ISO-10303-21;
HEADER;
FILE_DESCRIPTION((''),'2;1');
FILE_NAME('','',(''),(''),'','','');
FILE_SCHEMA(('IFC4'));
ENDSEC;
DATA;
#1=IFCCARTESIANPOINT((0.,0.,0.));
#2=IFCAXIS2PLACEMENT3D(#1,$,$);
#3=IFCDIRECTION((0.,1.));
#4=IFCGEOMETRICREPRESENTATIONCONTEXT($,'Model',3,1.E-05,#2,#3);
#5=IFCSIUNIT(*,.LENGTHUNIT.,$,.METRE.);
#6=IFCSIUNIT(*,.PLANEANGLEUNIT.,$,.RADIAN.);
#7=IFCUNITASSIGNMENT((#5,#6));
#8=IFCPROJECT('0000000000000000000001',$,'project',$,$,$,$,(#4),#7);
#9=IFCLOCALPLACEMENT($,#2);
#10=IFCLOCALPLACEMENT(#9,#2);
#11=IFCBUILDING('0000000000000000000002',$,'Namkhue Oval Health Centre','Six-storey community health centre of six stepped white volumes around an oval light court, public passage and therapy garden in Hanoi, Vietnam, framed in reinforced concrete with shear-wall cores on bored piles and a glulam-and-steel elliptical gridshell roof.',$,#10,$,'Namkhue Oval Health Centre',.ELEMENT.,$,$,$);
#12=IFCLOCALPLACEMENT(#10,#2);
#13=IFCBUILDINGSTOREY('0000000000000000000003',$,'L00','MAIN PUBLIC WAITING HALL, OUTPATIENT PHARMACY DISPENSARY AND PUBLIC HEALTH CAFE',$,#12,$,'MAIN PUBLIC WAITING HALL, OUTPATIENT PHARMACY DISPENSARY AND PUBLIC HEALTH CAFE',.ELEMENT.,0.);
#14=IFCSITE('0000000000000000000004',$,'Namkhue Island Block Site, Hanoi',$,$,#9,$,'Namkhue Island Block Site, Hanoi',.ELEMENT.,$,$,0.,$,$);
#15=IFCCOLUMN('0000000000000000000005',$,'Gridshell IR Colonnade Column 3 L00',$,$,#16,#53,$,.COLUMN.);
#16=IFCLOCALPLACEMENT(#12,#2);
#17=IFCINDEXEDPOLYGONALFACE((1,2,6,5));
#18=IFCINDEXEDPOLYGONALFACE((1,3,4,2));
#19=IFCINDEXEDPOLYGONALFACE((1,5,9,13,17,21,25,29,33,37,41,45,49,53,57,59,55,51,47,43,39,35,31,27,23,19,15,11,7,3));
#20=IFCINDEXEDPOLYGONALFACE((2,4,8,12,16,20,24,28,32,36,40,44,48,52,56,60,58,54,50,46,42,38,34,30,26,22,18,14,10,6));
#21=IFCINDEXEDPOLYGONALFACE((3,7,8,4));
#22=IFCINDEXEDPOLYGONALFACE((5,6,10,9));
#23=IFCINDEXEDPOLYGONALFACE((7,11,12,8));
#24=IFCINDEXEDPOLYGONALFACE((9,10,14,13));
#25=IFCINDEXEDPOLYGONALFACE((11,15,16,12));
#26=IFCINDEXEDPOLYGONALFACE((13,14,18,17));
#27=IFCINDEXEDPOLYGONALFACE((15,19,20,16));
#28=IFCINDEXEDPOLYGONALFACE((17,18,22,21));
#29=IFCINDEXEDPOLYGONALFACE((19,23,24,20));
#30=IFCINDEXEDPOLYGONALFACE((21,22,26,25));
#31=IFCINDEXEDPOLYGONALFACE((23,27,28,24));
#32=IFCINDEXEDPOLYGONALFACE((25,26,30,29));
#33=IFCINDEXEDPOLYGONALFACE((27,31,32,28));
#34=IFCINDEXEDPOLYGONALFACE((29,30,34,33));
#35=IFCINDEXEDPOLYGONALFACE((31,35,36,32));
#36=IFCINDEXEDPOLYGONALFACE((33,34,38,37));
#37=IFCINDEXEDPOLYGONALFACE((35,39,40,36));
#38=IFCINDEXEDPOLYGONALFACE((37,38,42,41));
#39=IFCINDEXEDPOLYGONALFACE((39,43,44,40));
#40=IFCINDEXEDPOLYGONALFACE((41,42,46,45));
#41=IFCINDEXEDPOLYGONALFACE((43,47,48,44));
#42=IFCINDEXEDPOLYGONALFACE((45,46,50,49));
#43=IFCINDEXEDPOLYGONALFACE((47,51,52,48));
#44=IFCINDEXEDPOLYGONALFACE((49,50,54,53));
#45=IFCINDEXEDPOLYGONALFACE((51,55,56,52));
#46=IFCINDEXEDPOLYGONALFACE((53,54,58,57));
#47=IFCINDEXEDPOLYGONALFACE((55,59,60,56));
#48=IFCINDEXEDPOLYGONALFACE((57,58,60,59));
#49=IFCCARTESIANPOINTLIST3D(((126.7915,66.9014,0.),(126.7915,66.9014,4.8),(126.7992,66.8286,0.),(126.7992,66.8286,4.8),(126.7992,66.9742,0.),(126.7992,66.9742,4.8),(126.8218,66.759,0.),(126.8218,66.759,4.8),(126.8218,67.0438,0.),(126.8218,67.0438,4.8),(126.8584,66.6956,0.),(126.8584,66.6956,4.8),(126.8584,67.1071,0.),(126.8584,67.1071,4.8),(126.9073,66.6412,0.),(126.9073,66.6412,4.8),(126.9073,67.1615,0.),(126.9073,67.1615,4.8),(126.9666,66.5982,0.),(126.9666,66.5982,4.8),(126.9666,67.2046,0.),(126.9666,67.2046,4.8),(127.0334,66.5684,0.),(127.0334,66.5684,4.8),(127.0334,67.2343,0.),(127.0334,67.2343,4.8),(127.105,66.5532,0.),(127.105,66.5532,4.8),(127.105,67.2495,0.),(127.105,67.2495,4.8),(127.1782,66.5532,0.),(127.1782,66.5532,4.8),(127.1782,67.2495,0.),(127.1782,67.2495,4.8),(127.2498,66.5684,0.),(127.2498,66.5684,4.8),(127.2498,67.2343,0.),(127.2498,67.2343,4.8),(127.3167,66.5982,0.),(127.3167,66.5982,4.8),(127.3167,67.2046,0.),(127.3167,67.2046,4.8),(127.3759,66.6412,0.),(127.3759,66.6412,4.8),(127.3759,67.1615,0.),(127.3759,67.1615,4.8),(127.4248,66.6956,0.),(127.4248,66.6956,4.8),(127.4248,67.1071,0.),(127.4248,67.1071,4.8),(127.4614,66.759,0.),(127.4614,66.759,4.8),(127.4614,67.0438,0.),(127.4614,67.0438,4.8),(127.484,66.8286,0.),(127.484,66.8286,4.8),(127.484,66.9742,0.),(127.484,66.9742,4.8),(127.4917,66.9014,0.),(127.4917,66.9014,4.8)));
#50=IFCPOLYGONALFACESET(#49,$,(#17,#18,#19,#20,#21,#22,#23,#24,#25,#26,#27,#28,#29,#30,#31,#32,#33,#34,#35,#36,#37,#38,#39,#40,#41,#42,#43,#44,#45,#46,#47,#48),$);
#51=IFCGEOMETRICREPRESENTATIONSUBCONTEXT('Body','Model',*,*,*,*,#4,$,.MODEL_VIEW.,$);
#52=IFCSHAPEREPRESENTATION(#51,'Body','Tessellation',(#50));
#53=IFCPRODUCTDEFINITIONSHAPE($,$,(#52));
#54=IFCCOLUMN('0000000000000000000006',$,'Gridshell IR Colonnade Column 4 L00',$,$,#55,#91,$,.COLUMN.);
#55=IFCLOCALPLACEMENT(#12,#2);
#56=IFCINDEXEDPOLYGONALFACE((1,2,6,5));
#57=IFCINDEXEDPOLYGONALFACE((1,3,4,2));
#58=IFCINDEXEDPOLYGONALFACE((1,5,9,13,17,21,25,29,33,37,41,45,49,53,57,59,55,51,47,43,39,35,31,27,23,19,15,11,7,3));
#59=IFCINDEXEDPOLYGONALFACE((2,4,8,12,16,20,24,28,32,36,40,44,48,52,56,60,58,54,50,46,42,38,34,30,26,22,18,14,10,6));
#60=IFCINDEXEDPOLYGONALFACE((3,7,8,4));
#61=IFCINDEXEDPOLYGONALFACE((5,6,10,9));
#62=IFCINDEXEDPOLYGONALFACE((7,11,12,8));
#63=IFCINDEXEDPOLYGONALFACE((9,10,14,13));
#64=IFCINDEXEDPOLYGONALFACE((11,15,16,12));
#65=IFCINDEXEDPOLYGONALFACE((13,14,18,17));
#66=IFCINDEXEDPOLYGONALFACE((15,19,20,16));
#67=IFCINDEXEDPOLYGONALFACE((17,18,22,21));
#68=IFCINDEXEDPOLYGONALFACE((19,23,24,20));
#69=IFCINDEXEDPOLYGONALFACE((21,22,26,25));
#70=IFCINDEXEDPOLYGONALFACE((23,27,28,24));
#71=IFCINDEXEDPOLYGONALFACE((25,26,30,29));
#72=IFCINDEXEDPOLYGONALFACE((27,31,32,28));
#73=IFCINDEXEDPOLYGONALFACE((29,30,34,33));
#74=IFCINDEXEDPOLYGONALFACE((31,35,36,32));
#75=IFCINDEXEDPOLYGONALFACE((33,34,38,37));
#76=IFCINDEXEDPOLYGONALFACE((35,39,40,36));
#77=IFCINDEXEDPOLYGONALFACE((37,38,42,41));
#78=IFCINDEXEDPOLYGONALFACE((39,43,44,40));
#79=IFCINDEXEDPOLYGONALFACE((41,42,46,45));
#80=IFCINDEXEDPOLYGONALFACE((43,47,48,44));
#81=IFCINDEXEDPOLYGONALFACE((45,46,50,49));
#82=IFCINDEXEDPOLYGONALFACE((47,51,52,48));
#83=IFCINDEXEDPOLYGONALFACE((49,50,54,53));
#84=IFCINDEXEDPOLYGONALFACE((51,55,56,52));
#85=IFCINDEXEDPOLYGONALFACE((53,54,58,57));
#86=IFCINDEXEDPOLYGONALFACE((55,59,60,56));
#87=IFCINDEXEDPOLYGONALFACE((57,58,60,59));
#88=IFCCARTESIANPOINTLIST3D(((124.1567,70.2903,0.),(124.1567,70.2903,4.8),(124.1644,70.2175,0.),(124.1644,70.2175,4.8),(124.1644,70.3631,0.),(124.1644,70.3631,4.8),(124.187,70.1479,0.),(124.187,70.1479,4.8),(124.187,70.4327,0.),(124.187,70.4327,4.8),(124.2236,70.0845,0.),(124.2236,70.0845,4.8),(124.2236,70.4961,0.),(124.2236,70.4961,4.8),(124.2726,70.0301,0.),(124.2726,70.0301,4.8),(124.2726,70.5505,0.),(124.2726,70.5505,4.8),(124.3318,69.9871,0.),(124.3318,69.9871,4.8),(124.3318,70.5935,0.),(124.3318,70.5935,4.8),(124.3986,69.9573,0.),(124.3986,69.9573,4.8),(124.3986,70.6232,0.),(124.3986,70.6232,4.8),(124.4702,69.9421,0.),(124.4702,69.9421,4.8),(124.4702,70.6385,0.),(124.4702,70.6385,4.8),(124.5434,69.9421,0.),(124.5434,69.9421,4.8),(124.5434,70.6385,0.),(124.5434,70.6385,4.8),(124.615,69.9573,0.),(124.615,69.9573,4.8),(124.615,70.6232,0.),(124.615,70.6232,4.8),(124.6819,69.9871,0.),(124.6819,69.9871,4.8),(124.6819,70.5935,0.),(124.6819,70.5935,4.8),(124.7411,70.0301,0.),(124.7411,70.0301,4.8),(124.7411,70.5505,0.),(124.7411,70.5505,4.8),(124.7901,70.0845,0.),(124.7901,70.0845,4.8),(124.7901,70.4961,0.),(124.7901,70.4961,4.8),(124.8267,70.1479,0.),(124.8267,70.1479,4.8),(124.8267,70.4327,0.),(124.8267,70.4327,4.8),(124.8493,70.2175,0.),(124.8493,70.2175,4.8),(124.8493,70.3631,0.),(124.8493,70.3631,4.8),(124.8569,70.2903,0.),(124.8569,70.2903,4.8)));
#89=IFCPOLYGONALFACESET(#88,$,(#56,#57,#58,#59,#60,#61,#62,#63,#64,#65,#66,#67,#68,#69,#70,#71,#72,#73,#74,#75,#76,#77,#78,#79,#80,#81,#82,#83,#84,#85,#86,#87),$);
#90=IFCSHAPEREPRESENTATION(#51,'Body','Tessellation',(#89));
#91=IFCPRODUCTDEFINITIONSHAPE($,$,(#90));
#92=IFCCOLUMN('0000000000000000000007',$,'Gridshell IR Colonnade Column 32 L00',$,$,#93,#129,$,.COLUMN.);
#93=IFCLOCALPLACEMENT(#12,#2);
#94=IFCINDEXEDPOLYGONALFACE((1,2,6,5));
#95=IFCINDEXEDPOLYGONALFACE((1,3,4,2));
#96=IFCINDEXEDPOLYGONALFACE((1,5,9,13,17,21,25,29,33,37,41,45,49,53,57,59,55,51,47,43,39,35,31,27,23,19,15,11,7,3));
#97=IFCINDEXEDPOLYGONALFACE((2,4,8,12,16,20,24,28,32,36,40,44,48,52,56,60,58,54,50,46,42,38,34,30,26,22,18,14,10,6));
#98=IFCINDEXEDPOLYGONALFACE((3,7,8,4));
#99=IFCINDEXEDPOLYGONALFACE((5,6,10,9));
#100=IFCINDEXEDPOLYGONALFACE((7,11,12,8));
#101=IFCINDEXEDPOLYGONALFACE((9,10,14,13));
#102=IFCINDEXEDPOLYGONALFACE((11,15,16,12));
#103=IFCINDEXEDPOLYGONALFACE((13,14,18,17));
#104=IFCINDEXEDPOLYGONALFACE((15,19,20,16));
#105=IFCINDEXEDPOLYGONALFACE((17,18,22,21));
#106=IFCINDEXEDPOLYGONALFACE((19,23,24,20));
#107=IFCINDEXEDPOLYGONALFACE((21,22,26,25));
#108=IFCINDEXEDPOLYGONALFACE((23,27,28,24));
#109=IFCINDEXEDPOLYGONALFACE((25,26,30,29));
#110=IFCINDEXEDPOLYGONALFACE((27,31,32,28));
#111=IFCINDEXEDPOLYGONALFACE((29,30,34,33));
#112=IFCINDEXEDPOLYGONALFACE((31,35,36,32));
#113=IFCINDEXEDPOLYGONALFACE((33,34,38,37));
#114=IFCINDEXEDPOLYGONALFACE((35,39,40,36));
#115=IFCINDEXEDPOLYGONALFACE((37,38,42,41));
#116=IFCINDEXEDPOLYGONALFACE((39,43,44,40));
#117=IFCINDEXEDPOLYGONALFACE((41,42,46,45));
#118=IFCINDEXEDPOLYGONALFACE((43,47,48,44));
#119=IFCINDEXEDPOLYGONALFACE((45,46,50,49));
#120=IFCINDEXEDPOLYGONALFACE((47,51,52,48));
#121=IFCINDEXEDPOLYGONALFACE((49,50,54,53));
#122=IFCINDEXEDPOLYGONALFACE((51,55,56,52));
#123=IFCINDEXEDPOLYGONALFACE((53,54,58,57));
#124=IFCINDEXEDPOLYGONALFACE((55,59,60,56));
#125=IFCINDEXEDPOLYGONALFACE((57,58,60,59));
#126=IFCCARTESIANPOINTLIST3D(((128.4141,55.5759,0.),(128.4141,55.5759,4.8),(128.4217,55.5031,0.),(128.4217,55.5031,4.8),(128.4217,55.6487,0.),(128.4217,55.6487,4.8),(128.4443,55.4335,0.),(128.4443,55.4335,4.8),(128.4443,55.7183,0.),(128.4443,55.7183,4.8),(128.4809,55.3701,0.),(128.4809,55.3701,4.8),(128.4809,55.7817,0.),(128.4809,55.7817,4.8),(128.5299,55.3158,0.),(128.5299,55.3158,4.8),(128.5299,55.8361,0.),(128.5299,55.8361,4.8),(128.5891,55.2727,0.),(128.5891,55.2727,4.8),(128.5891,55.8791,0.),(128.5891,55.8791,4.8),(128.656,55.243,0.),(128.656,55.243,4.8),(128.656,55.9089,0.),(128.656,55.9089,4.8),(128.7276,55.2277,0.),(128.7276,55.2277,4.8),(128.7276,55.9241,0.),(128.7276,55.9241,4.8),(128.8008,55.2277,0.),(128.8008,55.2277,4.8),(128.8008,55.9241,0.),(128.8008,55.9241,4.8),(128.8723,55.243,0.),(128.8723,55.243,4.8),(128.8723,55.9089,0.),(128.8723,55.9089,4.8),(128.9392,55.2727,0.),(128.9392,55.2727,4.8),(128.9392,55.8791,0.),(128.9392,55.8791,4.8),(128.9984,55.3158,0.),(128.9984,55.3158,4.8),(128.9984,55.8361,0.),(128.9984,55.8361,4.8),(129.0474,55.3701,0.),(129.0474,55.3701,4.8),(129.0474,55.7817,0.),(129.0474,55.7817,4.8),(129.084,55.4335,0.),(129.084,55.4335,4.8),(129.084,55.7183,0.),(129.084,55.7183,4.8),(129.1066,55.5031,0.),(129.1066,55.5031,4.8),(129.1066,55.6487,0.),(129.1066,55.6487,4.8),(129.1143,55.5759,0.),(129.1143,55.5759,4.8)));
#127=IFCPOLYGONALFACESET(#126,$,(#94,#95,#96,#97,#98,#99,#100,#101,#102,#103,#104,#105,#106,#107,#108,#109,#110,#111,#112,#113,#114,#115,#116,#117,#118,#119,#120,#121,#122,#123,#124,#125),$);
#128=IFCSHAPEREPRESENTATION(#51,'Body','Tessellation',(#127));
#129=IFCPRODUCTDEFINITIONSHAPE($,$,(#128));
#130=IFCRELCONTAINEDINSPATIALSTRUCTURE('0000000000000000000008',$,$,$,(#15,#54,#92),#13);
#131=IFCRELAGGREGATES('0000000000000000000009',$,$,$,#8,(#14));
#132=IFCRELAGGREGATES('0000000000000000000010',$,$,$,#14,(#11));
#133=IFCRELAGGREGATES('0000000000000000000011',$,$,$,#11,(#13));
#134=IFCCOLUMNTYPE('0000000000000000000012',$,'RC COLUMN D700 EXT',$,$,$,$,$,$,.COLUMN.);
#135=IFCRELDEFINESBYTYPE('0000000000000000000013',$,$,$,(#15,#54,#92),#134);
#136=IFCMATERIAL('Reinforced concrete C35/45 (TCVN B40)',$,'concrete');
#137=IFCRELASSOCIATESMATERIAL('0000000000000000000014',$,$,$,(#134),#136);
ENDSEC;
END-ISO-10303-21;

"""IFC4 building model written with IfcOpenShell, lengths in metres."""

from ifc_helpers import new_model, si_unit, direction, frame, origin, origin_2d, place, context, subcontext, project, spatial, circle, extrude, material, material_profile, profile_set, type_object, element, save


model = new_model("IFC4")

# Units and contexts
model_context = context("Model", 3, precision=1e-05, world=origin(), true_north=direction((0.0, 1.0)))
body_context = subcontext(model_context, "Body", "Model", "MODEL_VIEW")
ifc_project = project(units=[si_unit("LENGTHUNIT", "METRE"), si_unit("PLANEANGLEUNIT", "RADIAN")], contexts=[model_context])

# Site, building, storey
site_placement = place(None, origin())
site = spatial("IfcSite", under=ifc_project, at=site_placement, Name="Namkhue Island Block Site, Hanoi", LongName="Namkhue Island Block Site, Hanoi", CompositionType="ELEMENT", RefElevation=0.0)
building_placement = place(site_placement, origin())
building = spatial("IfcBuilding", under=site, at=building_placement, Name="Namkhue Oval Health Centre", Description="Six-storey community health centre of six stepped white volumes around an oval light court, public passage and therapy garden in Hanoi, Vietnam, framed in reinforced concrete with shear-wall cores on bored piles and a glulam-and-steel elliptical gridshell roof.", LongName="Namkhue Oval Health Centre", CompositionType="ELEMENT")
storey_placement = place(building_placement, origin())
storey = spatial("IfcBuildingStorey", under=building, at=storey_placement, Name="L00", Description="MAIN PUBLIC WAITING HALL, OUTPATIENT PHARMACY DISPENSARY AND PUBLIC HEALTH CAFE", LongName="MAIN PUBLIC WAITING HALL, OUTPATIENT PHARMACY DISPENSARY AND PUBLIC HEALTH CAFE", CompositionType="ELEMENT", Elevation=0.0)

# Columns
ifc_material_1 = material(Name="Reinforced concrete C35/45 (TCVN B40)", Category="concrete")
ifc_material_profile_1 = material_profile(ifc_material_1, circle(Radius=0.3501, at=origin_2d()), Name="RC D700")
ifc_profile_set_1 = profile_set([ifc_material_profile_1], Name="Reinforced concrete C35/45 (TCVN B40)")
column_type = type_object("IfcColumnType", Name="RC COLUMN D700 EXT", PredefinedType="COLUMN", material=ifc_profile_set_1)
for number, where, z_axis, x_axis, name in (
    (1, (127.1416, 66.9014, 0.0), (0.0, 0.0, 1.0), (1.0, 0.0, 0.0), "Gridshell IR Colonnade Column 3 L00"),
    (2, (124.5068, 70.2903, 0.0), (0.0, 0.0, 1.0), (1.0, 0.0, 0.0), "Gridshell IR Colonnade Column 4 L00"),
    (3, (128.7642, 55.5759, 0.0), (0.0, 0.0, 1.0), (1.0, 0.0, 0.0), "Gridshell IR Colonnade Column 32 L00"),
):
    element("IfcColumn", number, at=place(storey_placement, frame(where, z_axis=z_axis, x_axis=x_axis)), inside=storey, type_object=column_type, Name=name, PredefinedType="COLUMN", context=body_context, shape_type="SweptSolid", body=[
        extrude(circle(Radius=0.3501, at=origin_2d()), origin(), (0.0, 0.0, 1.0), 4.8),
    ])

save(model, "model.ifc")
